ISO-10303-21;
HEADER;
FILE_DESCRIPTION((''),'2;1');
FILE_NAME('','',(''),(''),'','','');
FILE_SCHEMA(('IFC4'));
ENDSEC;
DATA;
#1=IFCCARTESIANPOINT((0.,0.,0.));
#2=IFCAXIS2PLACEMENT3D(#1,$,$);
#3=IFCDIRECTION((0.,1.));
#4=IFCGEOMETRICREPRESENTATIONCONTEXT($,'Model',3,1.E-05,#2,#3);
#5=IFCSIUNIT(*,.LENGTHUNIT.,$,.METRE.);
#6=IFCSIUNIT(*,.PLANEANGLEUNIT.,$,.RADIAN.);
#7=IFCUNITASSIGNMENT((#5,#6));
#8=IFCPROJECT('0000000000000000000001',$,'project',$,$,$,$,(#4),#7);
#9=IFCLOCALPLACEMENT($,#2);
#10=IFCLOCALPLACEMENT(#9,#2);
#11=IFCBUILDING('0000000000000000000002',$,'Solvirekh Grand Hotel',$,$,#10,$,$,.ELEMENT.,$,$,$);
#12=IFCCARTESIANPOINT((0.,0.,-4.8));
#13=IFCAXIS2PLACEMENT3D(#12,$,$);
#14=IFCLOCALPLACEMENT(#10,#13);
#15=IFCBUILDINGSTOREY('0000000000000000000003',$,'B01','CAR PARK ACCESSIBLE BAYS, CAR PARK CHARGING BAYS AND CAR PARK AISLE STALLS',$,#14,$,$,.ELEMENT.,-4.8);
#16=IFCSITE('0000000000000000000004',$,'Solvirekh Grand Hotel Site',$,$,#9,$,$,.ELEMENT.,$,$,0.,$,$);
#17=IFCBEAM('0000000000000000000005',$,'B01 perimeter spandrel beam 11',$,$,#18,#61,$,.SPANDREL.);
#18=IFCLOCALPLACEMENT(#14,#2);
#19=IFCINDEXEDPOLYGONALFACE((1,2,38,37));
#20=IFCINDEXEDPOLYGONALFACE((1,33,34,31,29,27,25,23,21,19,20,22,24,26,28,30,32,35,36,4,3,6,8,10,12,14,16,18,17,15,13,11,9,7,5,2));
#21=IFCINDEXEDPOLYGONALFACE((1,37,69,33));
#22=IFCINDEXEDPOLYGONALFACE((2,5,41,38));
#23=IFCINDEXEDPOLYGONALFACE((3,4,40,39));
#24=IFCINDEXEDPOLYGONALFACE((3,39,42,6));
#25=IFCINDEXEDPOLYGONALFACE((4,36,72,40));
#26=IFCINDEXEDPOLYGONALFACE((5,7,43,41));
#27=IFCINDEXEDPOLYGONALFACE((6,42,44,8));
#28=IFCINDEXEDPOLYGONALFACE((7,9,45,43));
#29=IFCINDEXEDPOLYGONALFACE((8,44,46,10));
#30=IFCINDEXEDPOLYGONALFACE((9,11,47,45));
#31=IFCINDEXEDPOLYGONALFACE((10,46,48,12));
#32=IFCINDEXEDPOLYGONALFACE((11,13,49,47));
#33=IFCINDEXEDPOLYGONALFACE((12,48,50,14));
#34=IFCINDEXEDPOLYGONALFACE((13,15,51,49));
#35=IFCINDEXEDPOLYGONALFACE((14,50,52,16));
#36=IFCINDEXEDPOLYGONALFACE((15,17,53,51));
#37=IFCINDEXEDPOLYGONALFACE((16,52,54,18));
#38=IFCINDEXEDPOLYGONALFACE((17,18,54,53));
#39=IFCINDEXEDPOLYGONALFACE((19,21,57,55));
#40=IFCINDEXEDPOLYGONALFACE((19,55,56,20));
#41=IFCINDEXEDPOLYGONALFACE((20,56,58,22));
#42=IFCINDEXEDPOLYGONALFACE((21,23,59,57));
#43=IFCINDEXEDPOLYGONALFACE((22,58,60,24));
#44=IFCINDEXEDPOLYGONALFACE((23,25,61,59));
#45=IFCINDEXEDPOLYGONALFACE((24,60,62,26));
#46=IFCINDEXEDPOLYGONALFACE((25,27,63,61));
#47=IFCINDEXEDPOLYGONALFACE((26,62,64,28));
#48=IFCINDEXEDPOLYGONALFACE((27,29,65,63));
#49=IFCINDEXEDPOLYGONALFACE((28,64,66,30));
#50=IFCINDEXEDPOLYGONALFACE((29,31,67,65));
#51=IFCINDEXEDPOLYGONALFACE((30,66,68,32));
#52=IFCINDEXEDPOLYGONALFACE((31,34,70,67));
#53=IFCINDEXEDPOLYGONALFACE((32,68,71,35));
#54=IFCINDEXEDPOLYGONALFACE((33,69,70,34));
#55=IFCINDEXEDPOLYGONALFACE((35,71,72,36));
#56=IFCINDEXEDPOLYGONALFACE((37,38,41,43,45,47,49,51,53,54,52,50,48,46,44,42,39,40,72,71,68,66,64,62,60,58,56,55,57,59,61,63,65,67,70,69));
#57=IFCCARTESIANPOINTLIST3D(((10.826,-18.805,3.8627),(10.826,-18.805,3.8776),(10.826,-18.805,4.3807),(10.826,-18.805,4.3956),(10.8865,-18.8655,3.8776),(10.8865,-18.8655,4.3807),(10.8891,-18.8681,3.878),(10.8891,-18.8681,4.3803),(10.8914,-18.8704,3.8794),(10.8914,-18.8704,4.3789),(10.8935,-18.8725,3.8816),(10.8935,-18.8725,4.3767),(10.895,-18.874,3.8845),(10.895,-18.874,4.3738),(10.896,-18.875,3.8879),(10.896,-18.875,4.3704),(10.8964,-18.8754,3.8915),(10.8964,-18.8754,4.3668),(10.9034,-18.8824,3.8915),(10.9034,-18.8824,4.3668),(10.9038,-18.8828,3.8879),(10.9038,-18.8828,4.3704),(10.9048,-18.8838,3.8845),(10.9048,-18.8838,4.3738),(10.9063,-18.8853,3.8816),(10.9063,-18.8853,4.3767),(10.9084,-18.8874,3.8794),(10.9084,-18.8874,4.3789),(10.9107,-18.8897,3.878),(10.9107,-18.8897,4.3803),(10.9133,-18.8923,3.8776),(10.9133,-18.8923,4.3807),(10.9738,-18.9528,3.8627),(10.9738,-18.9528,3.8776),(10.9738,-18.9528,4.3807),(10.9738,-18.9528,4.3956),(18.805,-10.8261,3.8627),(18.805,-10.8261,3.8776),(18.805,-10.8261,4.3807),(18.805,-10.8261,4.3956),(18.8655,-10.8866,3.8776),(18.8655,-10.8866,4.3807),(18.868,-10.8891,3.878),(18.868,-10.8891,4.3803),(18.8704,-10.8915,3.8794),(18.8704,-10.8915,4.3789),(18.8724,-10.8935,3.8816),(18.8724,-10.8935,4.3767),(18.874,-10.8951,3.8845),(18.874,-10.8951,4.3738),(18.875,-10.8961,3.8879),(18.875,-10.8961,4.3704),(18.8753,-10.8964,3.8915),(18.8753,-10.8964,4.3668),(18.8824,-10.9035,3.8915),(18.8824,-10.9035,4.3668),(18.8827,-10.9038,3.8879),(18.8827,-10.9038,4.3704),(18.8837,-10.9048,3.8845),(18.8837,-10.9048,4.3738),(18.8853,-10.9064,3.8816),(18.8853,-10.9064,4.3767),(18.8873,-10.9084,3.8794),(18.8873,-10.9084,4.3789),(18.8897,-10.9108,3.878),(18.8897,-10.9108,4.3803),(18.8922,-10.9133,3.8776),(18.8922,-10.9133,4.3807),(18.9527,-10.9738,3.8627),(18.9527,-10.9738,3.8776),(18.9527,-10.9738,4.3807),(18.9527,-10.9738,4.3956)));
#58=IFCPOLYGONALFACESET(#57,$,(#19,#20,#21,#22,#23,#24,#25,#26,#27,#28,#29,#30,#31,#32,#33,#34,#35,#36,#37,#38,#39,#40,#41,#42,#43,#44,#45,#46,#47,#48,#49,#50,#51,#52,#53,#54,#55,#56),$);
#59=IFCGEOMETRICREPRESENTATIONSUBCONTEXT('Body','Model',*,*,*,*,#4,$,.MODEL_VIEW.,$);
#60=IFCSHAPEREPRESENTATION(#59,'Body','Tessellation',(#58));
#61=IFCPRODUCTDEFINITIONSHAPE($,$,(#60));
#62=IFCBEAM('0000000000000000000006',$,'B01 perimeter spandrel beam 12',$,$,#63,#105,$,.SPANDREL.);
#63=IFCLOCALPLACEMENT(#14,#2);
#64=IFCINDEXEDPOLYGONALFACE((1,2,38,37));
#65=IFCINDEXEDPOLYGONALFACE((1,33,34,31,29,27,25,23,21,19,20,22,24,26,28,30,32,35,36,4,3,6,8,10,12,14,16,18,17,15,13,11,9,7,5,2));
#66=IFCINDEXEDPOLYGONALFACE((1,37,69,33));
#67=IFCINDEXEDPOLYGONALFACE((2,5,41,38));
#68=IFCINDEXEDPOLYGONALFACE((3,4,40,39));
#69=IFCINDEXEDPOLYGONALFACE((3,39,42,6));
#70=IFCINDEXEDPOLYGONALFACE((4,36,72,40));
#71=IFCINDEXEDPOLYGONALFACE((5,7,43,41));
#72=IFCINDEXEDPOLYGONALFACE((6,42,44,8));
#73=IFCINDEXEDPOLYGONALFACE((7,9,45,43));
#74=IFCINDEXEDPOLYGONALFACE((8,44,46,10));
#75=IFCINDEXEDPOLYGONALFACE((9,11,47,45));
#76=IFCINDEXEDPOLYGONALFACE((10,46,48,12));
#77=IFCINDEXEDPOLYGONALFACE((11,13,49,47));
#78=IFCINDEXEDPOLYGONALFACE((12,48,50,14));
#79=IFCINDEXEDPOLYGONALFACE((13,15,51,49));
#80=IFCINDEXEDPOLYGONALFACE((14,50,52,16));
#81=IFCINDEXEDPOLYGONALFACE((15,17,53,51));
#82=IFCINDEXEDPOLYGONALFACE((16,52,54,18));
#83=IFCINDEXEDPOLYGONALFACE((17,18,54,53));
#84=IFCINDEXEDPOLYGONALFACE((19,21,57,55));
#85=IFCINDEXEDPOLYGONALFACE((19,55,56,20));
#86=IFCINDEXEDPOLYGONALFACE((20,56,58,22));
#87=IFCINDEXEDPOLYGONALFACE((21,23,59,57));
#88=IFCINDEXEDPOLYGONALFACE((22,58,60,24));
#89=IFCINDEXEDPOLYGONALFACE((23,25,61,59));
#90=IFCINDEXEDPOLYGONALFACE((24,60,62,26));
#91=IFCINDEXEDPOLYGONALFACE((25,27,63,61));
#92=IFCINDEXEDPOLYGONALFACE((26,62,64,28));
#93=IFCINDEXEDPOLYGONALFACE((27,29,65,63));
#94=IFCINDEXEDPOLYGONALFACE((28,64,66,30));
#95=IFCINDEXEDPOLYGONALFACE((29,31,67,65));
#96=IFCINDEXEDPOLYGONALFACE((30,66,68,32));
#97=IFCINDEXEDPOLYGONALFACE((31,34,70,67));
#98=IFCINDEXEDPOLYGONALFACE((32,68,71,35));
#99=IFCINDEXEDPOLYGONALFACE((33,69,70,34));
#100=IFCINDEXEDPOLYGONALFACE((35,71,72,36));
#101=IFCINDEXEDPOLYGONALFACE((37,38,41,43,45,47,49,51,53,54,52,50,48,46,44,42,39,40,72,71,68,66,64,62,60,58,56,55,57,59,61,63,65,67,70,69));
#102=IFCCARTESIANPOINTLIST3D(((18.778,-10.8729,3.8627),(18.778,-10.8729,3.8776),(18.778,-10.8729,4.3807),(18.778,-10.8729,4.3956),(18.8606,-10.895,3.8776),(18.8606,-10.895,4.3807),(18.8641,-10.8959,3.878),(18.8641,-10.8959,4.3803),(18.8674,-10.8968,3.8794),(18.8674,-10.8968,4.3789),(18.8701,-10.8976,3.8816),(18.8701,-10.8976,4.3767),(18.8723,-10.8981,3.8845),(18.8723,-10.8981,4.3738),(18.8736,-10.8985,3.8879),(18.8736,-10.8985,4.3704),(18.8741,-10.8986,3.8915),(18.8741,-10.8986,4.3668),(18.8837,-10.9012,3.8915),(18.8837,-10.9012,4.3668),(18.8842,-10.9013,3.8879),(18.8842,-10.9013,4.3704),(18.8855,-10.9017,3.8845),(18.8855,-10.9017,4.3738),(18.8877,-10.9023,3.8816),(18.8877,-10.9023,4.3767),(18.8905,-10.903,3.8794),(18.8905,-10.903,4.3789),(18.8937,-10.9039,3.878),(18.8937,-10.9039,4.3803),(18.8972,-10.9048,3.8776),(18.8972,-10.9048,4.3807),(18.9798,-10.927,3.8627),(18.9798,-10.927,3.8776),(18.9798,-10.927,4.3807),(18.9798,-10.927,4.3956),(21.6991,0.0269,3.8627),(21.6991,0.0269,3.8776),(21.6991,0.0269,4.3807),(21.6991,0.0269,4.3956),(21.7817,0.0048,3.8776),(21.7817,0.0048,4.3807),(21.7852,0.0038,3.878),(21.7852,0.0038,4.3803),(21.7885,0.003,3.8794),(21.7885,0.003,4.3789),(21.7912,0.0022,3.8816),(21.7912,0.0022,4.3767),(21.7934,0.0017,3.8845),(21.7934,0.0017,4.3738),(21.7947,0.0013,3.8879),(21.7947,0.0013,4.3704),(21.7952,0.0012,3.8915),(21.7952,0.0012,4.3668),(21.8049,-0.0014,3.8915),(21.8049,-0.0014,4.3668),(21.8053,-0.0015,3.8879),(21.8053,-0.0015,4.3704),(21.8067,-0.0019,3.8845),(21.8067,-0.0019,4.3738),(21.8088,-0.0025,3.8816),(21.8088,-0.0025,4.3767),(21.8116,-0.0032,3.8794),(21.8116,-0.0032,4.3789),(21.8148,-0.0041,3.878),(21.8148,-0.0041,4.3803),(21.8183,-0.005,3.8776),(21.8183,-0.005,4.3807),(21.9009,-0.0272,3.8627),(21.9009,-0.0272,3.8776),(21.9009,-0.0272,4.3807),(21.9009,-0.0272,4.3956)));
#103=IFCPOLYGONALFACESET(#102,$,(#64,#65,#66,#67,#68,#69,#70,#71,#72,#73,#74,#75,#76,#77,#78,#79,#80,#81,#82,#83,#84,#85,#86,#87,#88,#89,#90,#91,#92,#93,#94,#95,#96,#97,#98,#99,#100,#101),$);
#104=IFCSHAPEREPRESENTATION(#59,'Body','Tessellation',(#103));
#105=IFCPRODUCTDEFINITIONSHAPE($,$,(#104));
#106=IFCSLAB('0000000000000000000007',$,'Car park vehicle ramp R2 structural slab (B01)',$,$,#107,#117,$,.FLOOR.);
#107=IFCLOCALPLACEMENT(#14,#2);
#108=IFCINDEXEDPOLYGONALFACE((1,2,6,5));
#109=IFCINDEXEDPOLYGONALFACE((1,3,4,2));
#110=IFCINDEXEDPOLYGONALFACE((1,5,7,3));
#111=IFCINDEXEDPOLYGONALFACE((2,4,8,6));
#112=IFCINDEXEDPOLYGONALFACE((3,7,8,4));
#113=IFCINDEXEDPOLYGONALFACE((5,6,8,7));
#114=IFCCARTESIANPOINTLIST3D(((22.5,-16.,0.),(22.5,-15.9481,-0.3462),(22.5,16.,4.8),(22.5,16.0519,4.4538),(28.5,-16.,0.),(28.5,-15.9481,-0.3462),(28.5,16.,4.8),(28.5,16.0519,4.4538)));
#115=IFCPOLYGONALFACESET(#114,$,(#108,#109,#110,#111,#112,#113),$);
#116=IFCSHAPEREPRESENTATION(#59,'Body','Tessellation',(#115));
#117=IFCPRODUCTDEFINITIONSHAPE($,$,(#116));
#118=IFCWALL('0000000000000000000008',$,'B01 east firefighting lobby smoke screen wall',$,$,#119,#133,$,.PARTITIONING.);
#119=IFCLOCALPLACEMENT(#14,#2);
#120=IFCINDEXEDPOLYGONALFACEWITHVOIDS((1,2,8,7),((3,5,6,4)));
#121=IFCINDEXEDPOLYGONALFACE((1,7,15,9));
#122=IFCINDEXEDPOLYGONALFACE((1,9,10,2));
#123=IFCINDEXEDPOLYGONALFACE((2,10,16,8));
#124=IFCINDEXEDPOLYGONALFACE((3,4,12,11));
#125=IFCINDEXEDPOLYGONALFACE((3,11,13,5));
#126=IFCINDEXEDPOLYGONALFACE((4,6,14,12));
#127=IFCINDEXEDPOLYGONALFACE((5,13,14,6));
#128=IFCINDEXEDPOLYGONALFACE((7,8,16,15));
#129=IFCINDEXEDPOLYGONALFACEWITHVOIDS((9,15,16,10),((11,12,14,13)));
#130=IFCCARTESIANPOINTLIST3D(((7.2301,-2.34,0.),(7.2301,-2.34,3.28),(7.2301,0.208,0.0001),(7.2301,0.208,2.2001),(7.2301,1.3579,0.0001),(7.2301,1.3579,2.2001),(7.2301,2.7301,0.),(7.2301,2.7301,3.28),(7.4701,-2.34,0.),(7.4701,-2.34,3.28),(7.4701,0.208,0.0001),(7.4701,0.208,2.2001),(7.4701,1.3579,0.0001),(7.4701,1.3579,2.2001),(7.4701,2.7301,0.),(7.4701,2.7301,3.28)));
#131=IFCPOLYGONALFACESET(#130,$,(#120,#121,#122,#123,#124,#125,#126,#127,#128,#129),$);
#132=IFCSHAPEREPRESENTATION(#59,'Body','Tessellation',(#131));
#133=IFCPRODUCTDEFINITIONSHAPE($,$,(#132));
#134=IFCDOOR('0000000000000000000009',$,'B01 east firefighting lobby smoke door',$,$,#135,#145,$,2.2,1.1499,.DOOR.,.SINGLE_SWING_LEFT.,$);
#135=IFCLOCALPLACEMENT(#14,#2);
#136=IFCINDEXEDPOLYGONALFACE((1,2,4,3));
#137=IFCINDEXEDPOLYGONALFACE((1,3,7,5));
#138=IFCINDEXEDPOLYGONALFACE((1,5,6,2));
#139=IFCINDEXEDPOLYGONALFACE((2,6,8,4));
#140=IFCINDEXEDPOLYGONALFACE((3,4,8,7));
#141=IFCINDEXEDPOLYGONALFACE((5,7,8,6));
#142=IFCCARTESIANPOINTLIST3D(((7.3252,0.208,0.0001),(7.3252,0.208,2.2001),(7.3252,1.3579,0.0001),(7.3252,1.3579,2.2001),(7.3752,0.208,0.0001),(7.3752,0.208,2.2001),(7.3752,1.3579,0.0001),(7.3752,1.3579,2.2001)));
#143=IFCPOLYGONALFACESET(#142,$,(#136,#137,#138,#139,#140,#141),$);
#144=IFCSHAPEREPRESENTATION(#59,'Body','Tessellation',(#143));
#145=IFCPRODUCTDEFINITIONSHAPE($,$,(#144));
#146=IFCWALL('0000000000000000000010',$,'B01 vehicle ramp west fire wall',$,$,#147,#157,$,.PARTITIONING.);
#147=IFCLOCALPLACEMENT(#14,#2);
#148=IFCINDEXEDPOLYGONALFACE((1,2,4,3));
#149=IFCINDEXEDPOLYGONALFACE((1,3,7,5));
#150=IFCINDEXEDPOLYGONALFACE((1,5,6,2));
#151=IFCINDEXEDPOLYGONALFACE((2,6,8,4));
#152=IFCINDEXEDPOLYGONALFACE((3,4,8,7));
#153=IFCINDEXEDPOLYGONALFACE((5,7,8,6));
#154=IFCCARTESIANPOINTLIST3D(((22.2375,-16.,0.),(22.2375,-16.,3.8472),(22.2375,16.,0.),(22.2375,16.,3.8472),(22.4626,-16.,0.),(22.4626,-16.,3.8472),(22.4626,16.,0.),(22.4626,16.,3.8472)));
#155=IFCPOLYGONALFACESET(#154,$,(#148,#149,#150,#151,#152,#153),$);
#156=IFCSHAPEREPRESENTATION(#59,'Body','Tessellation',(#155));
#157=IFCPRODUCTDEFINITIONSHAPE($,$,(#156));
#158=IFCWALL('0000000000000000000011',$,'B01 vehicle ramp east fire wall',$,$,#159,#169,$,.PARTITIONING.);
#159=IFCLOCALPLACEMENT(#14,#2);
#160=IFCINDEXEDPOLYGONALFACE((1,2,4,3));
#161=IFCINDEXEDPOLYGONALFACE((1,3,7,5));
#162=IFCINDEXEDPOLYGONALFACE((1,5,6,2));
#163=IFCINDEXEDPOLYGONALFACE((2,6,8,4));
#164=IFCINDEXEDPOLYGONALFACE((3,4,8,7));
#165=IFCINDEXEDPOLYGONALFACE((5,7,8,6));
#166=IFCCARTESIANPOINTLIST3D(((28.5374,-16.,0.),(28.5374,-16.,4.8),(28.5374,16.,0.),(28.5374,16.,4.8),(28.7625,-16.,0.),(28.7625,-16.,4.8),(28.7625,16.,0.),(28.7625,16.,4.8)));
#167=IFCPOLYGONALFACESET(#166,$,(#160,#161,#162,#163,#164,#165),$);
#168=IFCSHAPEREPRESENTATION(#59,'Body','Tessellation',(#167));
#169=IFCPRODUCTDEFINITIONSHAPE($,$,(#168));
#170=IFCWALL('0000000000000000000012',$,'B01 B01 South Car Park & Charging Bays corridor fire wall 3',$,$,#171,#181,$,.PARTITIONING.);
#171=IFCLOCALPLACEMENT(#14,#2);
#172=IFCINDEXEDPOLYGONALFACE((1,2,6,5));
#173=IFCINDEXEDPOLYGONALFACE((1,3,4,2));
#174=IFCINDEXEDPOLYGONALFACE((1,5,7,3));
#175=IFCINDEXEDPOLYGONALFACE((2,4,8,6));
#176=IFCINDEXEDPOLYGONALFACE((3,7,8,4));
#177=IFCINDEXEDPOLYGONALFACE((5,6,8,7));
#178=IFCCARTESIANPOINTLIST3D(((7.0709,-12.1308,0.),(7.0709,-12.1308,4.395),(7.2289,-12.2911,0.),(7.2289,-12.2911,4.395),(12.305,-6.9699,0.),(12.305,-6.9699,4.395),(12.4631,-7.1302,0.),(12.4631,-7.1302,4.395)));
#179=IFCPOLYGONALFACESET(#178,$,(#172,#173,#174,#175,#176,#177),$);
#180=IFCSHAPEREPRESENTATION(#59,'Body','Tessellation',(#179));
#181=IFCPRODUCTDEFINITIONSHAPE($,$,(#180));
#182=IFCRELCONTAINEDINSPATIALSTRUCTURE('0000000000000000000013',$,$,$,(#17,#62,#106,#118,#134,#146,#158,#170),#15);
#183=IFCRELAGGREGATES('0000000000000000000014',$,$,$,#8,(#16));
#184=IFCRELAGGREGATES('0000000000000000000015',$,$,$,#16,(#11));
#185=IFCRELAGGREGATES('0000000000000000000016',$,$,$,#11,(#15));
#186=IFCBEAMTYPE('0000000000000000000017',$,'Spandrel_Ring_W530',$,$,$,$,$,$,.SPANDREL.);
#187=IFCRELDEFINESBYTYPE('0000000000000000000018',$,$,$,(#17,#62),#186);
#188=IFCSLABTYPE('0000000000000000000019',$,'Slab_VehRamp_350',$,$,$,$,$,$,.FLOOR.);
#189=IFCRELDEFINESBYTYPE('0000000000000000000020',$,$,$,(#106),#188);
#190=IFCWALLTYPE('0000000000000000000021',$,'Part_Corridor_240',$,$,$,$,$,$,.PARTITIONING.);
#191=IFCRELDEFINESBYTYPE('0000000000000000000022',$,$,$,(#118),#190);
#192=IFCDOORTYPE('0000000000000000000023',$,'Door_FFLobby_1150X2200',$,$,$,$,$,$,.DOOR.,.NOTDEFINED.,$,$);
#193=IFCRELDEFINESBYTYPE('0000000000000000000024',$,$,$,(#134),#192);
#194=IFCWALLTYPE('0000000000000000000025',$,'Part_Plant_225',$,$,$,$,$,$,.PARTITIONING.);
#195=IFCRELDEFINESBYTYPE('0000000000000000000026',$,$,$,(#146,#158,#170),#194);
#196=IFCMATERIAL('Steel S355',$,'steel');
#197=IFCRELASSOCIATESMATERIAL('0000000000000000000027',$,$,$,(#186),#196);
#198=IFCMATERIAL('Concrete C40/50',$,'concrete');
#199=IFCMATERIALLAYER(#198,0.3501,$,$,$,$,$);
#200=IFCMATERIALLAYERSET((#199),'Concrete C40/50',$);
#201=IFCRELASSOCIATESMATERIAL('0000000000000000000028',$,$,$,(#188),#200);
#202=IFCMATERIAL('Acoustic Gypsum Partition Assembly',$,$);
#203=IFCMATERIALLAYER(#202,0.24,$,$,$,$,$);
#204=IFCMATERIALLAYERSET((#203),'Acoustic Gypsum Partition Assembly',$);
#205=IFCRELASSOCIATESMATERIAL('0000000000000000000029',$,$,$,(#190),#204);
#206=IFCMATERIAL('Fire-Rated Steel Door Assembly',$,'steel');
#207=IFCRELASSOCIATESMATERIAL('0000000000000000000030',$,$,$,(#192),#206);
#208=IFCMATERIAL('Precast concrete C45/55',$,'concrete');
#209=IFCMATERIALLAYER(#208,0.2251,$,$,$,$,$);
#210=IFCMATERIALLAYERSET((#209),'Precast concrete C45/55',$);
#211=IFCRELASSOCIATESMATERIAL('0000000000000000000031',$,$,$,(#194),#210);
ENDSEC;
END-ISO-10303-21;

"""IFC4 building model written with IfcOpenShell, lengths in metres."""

from ifc_helpers import new_model, si_unit, direction, frame, frame_2d, origin, origin_2d, place, context, subcontext, project, spatial, polyline, rectangle, i_section, outline, extrude, material, layer, layer_set, material_profile, profile_set, type_object, element, fill, save


model = new_model("IFC4")

# Units and contexts
model_context = context("Model", 3, precision=1e-05, world=origin(), true_north=direction((0.0, 1.0)))
body_context = subcontext(model_context, "Body", "Model", "MODEL_VIEW")
ifc_project = project(units=[si_unit("LENGTHUNIT", "METRE"), si_unit("PLANEANGLEUNIT", "RADIAN")], contexts=[model_context])

# Site, building, storey
site_placement = place(None, origin())
site = spatial("IfcSite", under=ifc_project, at=site_placement, Name="Solvirekh Grand Hotel Site", CompositionType="ELEMENT", RefElevation=0.0)
building_placement = place(site_placement, origin())
building = spatial("IfcBuilding", under=site, at=building_placement, Name="Solvirekh Grand Hotel", CompositionType="ELEMENT")
storey_placement = place(building_placement, frame((0.0, 0.0, -4.8)))
storey = spatial("IfcBuildingStorey", under=building, at=storey_placement, Name="B01", Description="CAR PARK ACCESSIBLE BAYS, CAR PARK CHARGING BAYS AND CAR PARK AISLE STALLS", CompositionType="ELEMENT", Elevation=-4.8)

# Beams
ifc_material_1 = material(Name="Steel S355", Category="steel")
ifc_material_profile_1 = material_profile(ifc_material_1, i_section(OverallWidth=0.209, OverallDepth=0.533, WebThickness=0.01, FlangeThickness=0.0149, FilletRadius=0.0139, at=origin_2d()), Name="W530X92")
ifc_profile_set_1 = profile_set([ifc_material_profile_1], Name="Steel S355")
beam_type_1 = type_object("IfcBeamType", Name="Spandrel_Ring_W530", PredefinedType="SPANDREL", material=ifc_profile_set_1)
beam_1_placement = place(storey_placement, frame((10.8999, -18.8789, 4.1292), z_axis=(0.707107, 0.707107, 0.0), x_axis=(-0.707107, 0.707107, 0.0)))
element("IfcBeam", 1, at=beam_1_placement, inside=storey, type_object=beam_type_1, Name="B01 perimeter spandrel beam 11", PredefinedType="SPANDREL", context=body_context, shape_type="SweptSolid", body=[
    extrude(i_section(OverallWidth=0.209, OverallDepth=0.533, WebThickness=0.01, FlangeThickness=0.0149, FilletRadius=0.0139, at=origin_2d()), origin(), (0.0, 0.0, 1.0), 11.2839),
])
beam_2_placement = place(storey_placement, frame((18.8789, -10.8999, 4.1292), z_axis=(0.258862, 0.965914, 0.0), x_axis=(-0.965914, 0.258862, 0.0)))
element("IfcBeam", 2, at=beam_2_placement, inside=storey, type_object=beam_type_1, Name="B01 perimeter spandrel beam 12", PredefinedType="SPANDREL", context=body_context, shape_type="SweptSolid", body=[
    extrude(i_section(OverallWidth=0.209, OverallDepth=0.533, WebThickness=0.01, FlangeThickness=0.0149, FilletRadius=0.0139, at=origin_2d()), origin(), (0.0, 0.0, 1.0), 11.2844),
])

# Slab
ifc_material_2 = material(Name="Concrete C40/50", Category="concrete")
ifc_layer_1 = layer(ifc_material_2, 0.3501)
ifc_layer_set_1 = layer_set([ifc_layer_1], Name="Concrete C40/50")
slab_type = type_object("IfcSlabType", Name="Slab_VehRamp_350", PredefinedType="FLOOR", material=ifc_layer_set_1)
slab_placement = place(storey_placement, frame((22.5, -16.0, 0.0), z_axis=(0.0, -0.148342, 0.988936), x_axis=(1.0, 0.0, 0.0)))
element("IfcSlab", 3, at=slab_placement, inside=storey, type_object=slab_type, Name="Car park vehicle ramp R2 structural slab (B01)", PredefinedType="FLOOR", context=body_context, shape_type="SweptSolid", body=[
    extrude(outline(polyline([(0.0, 0.0), (6.0, 0.0), (6.0, 32.358), (0.0, 32.358), (0.0, 0.0)])), origin(), (0.0, 0.0, -1.0), 0.3501),
])

# Wall, opening, door
ifc_material_3 = material(Name="Acoustic Gypsum Partition Assembly")
ifc_layer_2 = layer(ifc_material_3, 0.24)
ifc_layer_set_2 = layer_set([ifc_layer_2], Name="Acoustic Gypsum Partition Assembly")
wall_type_1 = type_object("IfcWallType", Name="Part_Corridor_240", PredefinedType="PARTITIONING", material=ifc_layer_set_2)
wall_1_placement = place(storey_placement, frame((7.3501, -2.3401, 0.0), z_axis=(0.0, 0.0, 1.0), x_axis=(0.0, 1.0, 0.0)))
wall_1 = element("IfcWall", 4, at=wall_1_placement, inside=storey, type_object=wall_type_1, Name="B01 east firefighting lobby smoke screen wall", PredefinedType="PARTITIONING", context=body_context, shape_type="SweptSolid", body=[
    extrude(rectangle(XDim=5.0701, YDim=0.24, at=frame_2d((2.5352, 0.0))), origin(), (0.0, 0.0, 1.0), 3.28),
])
opening_1_placement = place(wall_1_placement, frame((2.5481, 0.0, 0.0)))
opening_1 = element("IfcOpeningElement", 5, at=opening_1_placement, cuts=wall_1, PredefinedType="OPENING", context=body_context, shape_type="SweptSolid", body=[
    extrude(rectangle(XDim=1.1499, YDim=2.2, at=frame_2d((0.575, 1.1001))), frame((0.0, 0.1299, 0.0), z_axis=(0.0, -1.0, 0.0), x_axis=(1.0, 0.0, 0.0)), (0.0, 0.0, 1.0), 0.26),
])
ifc_material_4 = material(Name="Fire-Rated Steel Door Assembly", Category="steel")
door_type_1 = type_object("IfcDoorType", Name="Door_FFLobby_1150X2200", OperationType="NOTDEFINED", PredefinedType="DOOR", material=ifc_material_4)
door_1_placement = place(opening_1_placement, origin())
door_1 = element("IfcDoor", 6, at=door_1_placement, inside=storey, type_object=door_type_1, Name="B01 east firefighting lobby smoke door", OperationType="SINGLE_SWING_LEFT", OverallHeight=2.2, OverallWidth=1.1499, PredefinedType="DOOR", context=body_context, shape_type="SweptSolid", body=[
    extrude(rectangle(XDim=1.1499, YDim=2.2, at=frame_2d((0.575, 1.1001))), frame((0.0, 0.0249, 0.0), z_axis=(0.0, -1.0, 0.0), x_axis=(1.0, 0.0, 0.0)), (0.0, 0.0, 1.0), 0.05),
])
fill(opening_1, door_1)

# Walls
ifc_material_5 = material(Name="Precast concrete C45/55", Category="concrete")
ifc_layer_3 = layer(ifc_material_5, 0.2251)
ifc_layer_set_3 = layer_set([ifc_layer_3], Name="Precast concrete C45/55")
wall_type_2 = type_object("IfcWallType", Name="Part_Plant_225", PredefinedType="PARTITIONING", material=ifc_layer_set_3)
wall_2_placement = place(storey_placement, frame((22.3501, -16.0, 0.0), z_axis=(0.0, 0.0, 1.0), x_axis=(0.0, 1.0, 0.0)))
element("IfcWall", 7, at=wall_2_placement, inside=storey, type_object=wall_type_2, Name="B01 vehicle ramp west fire wall", PredefinedType="PARTITIONING", context=body_context, shape_type="SweptSolid", body=[
    extrude(rectangle(XDim=32.0, YDim=0.2251, at=frame_2d((16.0, 0.0))), origin(), (0.0, 0.0, 1.0), 3.8472),
])
wall_3_placement = place(storey_placement, frame((28.6499, -16.0, 0.0), z_axis=(0.0, 0.0, 1.0), x_axis=(0.0, 1.0, 0.0)))
element("IfcWall", 8, at=wall_3_placement, inside=storey, type_object=wall_type_2, Name="B01 vehicle ramp east fire wall", PredefinedType="PARTITIONING", context=body_context, shape_type="SweptSolid", body=[
    extrude(rectangle(XDim=32.0, YDim=0.2251, at=frame_2d((16.0, 0.0))), origin(), (0.0, 0.0, 1.0), 4.8),
])
wall_4_placement = place(storey_placement, frame((7.1499, -12.2109, 0.0), z_axis=(0.0, 0.0, 1.0), x_axis=(0.712071, 0.702107, 0.0)))
element("IfcWall", 9, at=wall_4_placement, inside=storey, type_object=wall_type_2, Name="B01 B01 South Car Park & Charging Bays corridor fire wall 3", PredefinedType="PARTITIONING", context=body_context, shape_type="SweptSolid", body=[
    extrude(rectangle(XDim=7.3506, YDim=0.2251, at=frame_2d((3.6753, 0.0))), origin(), (0.0, 0.0, 1.0), 4.395),
])

save(model, "model.ifc")
